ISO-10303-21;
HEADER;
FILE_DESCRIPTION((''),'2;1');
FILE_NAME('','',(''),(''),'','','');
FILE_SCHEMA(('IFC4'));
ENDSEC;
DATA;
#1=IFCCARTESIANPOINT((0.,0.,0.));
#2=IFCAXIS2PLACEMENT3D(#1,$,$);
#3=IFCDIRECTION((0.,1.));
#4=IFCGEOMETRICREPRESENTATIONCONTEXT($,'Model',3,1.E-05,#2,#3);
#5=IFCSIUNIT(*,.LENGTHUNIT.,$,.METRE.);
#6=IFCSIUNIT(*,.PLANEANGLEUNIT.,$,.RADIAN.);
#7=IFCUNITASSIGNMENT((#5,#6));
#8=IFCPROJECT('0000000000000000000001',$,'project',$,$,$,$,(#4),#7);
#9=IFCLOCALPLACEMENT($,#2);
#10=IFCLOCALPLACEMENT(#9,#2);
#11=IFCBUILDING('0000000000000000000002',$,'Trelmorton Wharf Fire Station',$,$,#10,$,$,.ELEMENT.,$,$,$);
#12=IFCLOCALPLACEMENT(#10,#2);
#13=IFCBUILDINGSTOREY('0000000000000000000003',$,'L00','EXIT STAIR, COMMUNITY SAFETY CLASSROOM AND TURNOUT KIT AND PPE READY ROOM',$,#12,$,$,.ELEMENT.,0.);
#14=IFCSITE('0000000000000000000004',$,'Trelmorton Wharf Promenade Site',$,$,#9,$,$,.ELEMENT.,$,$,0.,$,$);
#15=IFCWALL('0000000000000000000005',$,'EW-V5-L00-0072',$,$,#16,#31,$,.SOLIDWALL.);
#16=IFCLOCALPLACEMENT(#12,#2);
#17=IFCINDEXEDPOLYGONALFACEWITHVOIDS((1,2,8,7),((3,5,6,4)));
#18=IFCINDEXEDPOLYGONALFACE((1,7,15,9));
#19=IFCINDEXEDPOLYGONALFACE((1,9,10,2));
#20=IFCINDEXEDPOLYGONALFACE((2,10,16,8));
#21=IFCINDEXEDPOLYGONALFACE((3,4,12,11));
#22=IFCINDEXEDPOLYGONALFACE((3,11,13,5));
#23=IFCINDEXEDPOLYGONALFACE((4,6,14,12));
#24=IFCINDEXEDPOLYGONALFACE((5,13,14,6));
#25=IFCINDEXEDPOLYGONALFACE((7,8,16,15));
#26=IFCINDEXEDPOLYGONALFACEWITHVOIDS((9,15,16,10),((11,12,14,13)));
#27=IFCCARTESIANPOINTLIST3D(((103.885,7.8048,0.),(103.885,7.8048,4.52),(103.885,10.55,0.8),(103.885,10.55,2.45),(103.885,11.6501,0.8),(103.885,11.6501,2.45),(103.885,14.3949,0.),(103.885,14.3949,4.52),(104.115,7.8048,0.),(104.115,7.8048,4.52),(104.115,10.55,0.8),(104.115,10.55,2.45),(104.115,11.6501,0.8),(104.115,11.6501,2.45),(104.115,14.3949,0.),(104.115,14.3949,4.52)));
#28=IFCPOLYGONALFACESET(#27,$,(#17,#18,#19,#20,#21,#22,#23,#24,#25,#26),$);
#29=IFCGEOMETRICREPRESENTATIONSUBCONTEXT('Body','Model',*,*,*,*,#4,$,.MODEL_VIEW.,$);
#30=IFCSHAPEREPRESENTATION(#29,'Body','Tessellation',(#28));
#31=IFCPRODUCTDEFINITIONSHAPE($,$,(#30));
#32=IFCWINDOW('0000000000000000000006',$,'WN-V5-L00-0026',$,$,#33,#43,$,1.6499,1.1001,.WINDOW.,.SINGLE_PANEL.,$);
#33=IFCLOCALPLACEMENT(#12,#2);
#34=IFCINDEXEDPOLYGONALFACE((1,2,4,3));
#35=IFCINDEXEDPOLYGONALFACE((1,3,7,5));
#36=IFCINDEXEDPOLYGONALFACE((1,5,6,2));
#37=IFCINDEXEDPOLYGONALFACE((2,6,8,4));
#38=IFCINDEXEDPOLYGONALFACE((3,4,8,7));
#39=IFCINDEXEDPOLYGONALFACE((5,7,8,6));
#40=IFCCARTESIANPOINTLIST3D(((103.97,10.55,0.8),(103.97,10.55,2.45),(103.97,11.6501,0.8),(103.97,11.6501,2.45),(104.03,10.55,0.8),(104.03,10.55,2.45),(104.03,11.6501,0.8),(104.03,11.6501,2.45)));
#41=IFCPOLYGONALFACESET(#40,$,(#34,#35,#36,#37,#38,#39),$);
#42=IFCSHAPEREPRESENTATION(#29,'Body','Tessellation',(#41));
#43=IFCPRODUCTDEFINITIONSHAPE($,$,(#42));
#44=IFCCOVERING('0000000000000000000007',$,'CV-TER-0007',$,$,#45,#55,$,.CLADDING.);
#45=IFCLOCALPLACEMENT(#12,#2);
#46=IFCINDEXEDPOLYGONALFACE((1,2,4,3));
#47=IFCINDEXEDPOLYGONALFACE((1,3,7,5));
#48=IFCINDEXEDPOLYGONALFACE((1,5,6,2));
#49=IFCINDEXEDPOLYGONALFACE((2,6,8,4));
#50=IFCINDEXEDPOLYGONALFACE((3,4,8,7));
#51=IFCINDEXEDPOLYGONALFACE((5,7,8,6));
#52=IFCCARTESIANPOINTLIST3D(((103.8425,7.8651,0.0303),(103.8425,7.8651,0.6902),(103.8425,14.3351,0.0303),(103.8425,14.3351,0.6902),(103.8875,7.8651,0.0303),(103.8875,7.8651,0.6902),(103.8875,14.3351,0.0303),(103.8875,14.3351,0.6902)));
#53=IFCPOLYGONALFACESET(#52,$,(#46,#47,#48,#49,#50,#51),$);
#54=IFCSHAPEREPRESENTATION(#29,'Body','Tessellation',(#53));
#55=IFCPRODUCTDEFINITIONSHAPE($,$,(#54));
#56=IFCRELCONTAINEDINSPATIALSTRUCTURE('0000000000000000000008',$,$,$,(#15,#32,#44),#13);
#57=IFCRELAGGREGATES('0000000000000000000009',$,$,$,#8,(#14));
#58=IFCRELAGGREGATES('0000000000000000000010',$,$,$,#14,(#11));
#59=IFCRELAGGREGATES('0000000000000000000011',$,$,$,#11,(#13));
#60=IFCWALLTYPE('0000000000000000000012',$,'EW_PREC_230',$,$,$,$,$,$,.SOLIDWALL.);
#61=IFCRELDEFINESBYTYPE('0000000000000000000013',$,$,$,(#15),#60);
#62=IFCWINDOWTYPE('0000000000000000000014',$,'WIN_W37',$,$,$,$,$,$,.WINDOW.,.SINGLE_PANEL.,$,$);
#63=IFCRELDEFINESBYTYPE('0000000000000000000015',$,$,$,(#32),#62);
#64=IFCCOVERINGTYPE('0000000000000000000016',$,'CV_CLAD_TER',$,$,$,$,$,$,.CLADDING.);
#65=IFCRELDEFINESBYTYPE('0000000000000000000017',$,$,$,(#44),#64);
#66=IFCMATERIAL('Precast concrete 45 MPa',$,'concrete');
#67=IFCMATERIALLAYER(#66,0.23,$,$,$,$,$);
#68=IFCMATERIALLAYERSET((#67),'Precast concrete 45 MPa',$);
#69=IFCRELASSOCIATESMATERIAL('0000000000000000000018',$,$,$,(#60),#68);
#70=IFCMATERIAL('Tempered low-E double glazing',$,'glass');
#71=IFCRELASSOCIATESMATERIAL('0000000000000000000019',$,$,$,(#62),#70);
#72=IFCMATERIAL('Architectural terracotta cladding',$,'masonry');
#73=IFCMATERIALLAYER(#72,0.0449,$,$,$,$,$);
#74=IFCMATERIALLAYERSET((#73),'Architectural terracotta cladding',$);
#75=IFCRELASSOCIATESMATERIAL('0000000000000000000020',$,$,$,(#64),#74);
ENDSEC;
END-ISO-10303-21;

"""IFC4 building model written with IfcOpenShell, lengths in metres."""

from ifc_helpers import new_model, si_unit, direction, frame, frame_2d, origin, origin_2d, place, context, subcontext, project, spatial, rectangle, extrude, material, layer, layer_set, type_object, element, fill, save


model = new_model("IFC4")

# Units and contexts
model_context = context("Model", 3, precision=1e-05, world=origin(), true_north=direction((0.0, 1.0)))
body_context = subcontext(model_context, "Body", "Model", "MODEL_VIEW")
ifc_project = project(units=[si_unit("LENGTHUNIT", "METRE"), si_unit("PLANEANGLEUNIT", "RADIAN")], contexts=[model_context])

# Site, building, storey
site_placement = place(None, origin())
site = spatial("IfcSite", under=ifc_project, at=site_placement, Name="Trelmorton Wharf Promenade Site", CompositionType="ELEMENT", RefElevation=0.0)
building_placement = place(site_placement, origin())
building = spatial("IfcBuilding", under=site, at=building_placement, Name="Trelmorton Wharf Fire Station", CompositionType="ELEMENT")
storey_placement = place(building_placement, origin())
storey = spatial("IfcBuildingStorey", under=building, at=storey_placement, Name="L00", Description="EXIT STAIR, COMMUNITY SAFETY CLASSROOM AND TURNOUT KIT AND PPE READY ROOM", CompositionType="ELEMENT", Elevation=0.0)

# Wall, opening, window
ifc_material_1 = material(Name="Precast concrete 45 MPa", Category="concrete")
ifc_layer_1 = layer(ifc_material_1, 0.23)
ifc_layer_set_1 = layer_set([ifc_layer_1], Name="Precast concrete 45 MPa")
wall_type = type_object("IfcWallType", Name="EW_PREC_230", PredefinedType="SOLIDWALL", material=ifc_layer_set_1)
wall_placement = place(storey_placement, frame((104.0, 7.8049, 0.0), z_axis=(0.0, 0.0, 1.0), x_axis=(0.0, 1.0, 0.0)))
wall = element("IfcWall", 1, at=wall_placement, inside=storey, type_object=wall_type, Name="EW-V5-L00-0072", PredefinedType="SOLIDWALL", context=body_context, shape_type="SweptSolid", body=[
    extrude(rectangle(XDim=6.5901, YDim=0.23, at=frame_2d((3.2949, 0.0))), origin(), (0.0, 0.0, 1.0), 4.52),
])
opening_placement = place(wall_placement, frame((2.7451, 0.0, 0.8)))
opening = element("IfcOpeningElement", 2, at=opening_placement, cuts=wall, PredefinedType="OPENING", context=body_context, shape_type="SweptSolid", body=[
    extrude(rectangle(XDim=1.1001, YDim=1.6499, at=frame_2d((0.55, 0.825))), frame((0.0, 0.125, 0.0), z_axis=(0.0, -1.0, 0.0), x_axis=(1.0, 0.0, 0.0)), (0.0, 0.0, 1.0), 0.25),
])
ifc_material_2 = material(Name="Tempered low-E double glazing", Category="glass")
window_type = type_object("IfcWindowType", Name="WIN_W37", PartitioningType="SINGLE_PANEL", PredefinedType="WINDOW", material=ifc_material_2)
window_placement = place(opening_placement, origin())
window = element("IfcWindow", 3, at=window_placement, inside=storey, type_object=window_type, Name="WN-V5-L00-0026", OverallHeight=1.6499, OverallWidth=1.1001, PartitioningType="SINGLE_PANEL", PredefinedType="WINDOW", context=body_context, shape_type="SweptSolid", body=[
    extrude(rectangle(XDim=1.1001, YDim=1.6499, at=frame_2d((0.55, 0.825))), frame((0.0, 0.03, 0.0), z_axis=(0.0, -1.0, 0.0), x_axis=(1.0, 0.0, 0.0)), (0.0, 0.0, 1.0), 0.0601),
])
fill(opening, window)

# Covering
ifc_material_3 = material(Name="Architectural terracotta cladding", Category="masonry")
ifc_layer_2 = layer(ifc_material_3, 0.0449)
ifc_layer_set_2 = layer_set([ifc_layer_2], Name="Architectural terracotta cladding")
covering_type = type_object("IfcCoveringType", Name="CV_CLAD_TER", PredefinedType="CLADDING", material=ifc_layer_set_2)
covering_placement = place(storey_placement, frame((103.865, 11.1001, 0.0303), z_axis=(0.0, 0.0, 1.0), x_axis=(0.0, 1.0, 0.0)))
element("IfcCovering", 4, at=covering_placement, inside=storey, type_object=covering_type, Name="CV-TER-0007", PredefinedType="CLADDING", context=body_context, shape_type="SweptSolid", body=[
    extrude(rectangle(XDim=6.47, YDim=0.0449, at=origin_2d()), origin(), (0.0, 0.0, 1.0), 0.6599),
])

save(model, "model.ifc")
